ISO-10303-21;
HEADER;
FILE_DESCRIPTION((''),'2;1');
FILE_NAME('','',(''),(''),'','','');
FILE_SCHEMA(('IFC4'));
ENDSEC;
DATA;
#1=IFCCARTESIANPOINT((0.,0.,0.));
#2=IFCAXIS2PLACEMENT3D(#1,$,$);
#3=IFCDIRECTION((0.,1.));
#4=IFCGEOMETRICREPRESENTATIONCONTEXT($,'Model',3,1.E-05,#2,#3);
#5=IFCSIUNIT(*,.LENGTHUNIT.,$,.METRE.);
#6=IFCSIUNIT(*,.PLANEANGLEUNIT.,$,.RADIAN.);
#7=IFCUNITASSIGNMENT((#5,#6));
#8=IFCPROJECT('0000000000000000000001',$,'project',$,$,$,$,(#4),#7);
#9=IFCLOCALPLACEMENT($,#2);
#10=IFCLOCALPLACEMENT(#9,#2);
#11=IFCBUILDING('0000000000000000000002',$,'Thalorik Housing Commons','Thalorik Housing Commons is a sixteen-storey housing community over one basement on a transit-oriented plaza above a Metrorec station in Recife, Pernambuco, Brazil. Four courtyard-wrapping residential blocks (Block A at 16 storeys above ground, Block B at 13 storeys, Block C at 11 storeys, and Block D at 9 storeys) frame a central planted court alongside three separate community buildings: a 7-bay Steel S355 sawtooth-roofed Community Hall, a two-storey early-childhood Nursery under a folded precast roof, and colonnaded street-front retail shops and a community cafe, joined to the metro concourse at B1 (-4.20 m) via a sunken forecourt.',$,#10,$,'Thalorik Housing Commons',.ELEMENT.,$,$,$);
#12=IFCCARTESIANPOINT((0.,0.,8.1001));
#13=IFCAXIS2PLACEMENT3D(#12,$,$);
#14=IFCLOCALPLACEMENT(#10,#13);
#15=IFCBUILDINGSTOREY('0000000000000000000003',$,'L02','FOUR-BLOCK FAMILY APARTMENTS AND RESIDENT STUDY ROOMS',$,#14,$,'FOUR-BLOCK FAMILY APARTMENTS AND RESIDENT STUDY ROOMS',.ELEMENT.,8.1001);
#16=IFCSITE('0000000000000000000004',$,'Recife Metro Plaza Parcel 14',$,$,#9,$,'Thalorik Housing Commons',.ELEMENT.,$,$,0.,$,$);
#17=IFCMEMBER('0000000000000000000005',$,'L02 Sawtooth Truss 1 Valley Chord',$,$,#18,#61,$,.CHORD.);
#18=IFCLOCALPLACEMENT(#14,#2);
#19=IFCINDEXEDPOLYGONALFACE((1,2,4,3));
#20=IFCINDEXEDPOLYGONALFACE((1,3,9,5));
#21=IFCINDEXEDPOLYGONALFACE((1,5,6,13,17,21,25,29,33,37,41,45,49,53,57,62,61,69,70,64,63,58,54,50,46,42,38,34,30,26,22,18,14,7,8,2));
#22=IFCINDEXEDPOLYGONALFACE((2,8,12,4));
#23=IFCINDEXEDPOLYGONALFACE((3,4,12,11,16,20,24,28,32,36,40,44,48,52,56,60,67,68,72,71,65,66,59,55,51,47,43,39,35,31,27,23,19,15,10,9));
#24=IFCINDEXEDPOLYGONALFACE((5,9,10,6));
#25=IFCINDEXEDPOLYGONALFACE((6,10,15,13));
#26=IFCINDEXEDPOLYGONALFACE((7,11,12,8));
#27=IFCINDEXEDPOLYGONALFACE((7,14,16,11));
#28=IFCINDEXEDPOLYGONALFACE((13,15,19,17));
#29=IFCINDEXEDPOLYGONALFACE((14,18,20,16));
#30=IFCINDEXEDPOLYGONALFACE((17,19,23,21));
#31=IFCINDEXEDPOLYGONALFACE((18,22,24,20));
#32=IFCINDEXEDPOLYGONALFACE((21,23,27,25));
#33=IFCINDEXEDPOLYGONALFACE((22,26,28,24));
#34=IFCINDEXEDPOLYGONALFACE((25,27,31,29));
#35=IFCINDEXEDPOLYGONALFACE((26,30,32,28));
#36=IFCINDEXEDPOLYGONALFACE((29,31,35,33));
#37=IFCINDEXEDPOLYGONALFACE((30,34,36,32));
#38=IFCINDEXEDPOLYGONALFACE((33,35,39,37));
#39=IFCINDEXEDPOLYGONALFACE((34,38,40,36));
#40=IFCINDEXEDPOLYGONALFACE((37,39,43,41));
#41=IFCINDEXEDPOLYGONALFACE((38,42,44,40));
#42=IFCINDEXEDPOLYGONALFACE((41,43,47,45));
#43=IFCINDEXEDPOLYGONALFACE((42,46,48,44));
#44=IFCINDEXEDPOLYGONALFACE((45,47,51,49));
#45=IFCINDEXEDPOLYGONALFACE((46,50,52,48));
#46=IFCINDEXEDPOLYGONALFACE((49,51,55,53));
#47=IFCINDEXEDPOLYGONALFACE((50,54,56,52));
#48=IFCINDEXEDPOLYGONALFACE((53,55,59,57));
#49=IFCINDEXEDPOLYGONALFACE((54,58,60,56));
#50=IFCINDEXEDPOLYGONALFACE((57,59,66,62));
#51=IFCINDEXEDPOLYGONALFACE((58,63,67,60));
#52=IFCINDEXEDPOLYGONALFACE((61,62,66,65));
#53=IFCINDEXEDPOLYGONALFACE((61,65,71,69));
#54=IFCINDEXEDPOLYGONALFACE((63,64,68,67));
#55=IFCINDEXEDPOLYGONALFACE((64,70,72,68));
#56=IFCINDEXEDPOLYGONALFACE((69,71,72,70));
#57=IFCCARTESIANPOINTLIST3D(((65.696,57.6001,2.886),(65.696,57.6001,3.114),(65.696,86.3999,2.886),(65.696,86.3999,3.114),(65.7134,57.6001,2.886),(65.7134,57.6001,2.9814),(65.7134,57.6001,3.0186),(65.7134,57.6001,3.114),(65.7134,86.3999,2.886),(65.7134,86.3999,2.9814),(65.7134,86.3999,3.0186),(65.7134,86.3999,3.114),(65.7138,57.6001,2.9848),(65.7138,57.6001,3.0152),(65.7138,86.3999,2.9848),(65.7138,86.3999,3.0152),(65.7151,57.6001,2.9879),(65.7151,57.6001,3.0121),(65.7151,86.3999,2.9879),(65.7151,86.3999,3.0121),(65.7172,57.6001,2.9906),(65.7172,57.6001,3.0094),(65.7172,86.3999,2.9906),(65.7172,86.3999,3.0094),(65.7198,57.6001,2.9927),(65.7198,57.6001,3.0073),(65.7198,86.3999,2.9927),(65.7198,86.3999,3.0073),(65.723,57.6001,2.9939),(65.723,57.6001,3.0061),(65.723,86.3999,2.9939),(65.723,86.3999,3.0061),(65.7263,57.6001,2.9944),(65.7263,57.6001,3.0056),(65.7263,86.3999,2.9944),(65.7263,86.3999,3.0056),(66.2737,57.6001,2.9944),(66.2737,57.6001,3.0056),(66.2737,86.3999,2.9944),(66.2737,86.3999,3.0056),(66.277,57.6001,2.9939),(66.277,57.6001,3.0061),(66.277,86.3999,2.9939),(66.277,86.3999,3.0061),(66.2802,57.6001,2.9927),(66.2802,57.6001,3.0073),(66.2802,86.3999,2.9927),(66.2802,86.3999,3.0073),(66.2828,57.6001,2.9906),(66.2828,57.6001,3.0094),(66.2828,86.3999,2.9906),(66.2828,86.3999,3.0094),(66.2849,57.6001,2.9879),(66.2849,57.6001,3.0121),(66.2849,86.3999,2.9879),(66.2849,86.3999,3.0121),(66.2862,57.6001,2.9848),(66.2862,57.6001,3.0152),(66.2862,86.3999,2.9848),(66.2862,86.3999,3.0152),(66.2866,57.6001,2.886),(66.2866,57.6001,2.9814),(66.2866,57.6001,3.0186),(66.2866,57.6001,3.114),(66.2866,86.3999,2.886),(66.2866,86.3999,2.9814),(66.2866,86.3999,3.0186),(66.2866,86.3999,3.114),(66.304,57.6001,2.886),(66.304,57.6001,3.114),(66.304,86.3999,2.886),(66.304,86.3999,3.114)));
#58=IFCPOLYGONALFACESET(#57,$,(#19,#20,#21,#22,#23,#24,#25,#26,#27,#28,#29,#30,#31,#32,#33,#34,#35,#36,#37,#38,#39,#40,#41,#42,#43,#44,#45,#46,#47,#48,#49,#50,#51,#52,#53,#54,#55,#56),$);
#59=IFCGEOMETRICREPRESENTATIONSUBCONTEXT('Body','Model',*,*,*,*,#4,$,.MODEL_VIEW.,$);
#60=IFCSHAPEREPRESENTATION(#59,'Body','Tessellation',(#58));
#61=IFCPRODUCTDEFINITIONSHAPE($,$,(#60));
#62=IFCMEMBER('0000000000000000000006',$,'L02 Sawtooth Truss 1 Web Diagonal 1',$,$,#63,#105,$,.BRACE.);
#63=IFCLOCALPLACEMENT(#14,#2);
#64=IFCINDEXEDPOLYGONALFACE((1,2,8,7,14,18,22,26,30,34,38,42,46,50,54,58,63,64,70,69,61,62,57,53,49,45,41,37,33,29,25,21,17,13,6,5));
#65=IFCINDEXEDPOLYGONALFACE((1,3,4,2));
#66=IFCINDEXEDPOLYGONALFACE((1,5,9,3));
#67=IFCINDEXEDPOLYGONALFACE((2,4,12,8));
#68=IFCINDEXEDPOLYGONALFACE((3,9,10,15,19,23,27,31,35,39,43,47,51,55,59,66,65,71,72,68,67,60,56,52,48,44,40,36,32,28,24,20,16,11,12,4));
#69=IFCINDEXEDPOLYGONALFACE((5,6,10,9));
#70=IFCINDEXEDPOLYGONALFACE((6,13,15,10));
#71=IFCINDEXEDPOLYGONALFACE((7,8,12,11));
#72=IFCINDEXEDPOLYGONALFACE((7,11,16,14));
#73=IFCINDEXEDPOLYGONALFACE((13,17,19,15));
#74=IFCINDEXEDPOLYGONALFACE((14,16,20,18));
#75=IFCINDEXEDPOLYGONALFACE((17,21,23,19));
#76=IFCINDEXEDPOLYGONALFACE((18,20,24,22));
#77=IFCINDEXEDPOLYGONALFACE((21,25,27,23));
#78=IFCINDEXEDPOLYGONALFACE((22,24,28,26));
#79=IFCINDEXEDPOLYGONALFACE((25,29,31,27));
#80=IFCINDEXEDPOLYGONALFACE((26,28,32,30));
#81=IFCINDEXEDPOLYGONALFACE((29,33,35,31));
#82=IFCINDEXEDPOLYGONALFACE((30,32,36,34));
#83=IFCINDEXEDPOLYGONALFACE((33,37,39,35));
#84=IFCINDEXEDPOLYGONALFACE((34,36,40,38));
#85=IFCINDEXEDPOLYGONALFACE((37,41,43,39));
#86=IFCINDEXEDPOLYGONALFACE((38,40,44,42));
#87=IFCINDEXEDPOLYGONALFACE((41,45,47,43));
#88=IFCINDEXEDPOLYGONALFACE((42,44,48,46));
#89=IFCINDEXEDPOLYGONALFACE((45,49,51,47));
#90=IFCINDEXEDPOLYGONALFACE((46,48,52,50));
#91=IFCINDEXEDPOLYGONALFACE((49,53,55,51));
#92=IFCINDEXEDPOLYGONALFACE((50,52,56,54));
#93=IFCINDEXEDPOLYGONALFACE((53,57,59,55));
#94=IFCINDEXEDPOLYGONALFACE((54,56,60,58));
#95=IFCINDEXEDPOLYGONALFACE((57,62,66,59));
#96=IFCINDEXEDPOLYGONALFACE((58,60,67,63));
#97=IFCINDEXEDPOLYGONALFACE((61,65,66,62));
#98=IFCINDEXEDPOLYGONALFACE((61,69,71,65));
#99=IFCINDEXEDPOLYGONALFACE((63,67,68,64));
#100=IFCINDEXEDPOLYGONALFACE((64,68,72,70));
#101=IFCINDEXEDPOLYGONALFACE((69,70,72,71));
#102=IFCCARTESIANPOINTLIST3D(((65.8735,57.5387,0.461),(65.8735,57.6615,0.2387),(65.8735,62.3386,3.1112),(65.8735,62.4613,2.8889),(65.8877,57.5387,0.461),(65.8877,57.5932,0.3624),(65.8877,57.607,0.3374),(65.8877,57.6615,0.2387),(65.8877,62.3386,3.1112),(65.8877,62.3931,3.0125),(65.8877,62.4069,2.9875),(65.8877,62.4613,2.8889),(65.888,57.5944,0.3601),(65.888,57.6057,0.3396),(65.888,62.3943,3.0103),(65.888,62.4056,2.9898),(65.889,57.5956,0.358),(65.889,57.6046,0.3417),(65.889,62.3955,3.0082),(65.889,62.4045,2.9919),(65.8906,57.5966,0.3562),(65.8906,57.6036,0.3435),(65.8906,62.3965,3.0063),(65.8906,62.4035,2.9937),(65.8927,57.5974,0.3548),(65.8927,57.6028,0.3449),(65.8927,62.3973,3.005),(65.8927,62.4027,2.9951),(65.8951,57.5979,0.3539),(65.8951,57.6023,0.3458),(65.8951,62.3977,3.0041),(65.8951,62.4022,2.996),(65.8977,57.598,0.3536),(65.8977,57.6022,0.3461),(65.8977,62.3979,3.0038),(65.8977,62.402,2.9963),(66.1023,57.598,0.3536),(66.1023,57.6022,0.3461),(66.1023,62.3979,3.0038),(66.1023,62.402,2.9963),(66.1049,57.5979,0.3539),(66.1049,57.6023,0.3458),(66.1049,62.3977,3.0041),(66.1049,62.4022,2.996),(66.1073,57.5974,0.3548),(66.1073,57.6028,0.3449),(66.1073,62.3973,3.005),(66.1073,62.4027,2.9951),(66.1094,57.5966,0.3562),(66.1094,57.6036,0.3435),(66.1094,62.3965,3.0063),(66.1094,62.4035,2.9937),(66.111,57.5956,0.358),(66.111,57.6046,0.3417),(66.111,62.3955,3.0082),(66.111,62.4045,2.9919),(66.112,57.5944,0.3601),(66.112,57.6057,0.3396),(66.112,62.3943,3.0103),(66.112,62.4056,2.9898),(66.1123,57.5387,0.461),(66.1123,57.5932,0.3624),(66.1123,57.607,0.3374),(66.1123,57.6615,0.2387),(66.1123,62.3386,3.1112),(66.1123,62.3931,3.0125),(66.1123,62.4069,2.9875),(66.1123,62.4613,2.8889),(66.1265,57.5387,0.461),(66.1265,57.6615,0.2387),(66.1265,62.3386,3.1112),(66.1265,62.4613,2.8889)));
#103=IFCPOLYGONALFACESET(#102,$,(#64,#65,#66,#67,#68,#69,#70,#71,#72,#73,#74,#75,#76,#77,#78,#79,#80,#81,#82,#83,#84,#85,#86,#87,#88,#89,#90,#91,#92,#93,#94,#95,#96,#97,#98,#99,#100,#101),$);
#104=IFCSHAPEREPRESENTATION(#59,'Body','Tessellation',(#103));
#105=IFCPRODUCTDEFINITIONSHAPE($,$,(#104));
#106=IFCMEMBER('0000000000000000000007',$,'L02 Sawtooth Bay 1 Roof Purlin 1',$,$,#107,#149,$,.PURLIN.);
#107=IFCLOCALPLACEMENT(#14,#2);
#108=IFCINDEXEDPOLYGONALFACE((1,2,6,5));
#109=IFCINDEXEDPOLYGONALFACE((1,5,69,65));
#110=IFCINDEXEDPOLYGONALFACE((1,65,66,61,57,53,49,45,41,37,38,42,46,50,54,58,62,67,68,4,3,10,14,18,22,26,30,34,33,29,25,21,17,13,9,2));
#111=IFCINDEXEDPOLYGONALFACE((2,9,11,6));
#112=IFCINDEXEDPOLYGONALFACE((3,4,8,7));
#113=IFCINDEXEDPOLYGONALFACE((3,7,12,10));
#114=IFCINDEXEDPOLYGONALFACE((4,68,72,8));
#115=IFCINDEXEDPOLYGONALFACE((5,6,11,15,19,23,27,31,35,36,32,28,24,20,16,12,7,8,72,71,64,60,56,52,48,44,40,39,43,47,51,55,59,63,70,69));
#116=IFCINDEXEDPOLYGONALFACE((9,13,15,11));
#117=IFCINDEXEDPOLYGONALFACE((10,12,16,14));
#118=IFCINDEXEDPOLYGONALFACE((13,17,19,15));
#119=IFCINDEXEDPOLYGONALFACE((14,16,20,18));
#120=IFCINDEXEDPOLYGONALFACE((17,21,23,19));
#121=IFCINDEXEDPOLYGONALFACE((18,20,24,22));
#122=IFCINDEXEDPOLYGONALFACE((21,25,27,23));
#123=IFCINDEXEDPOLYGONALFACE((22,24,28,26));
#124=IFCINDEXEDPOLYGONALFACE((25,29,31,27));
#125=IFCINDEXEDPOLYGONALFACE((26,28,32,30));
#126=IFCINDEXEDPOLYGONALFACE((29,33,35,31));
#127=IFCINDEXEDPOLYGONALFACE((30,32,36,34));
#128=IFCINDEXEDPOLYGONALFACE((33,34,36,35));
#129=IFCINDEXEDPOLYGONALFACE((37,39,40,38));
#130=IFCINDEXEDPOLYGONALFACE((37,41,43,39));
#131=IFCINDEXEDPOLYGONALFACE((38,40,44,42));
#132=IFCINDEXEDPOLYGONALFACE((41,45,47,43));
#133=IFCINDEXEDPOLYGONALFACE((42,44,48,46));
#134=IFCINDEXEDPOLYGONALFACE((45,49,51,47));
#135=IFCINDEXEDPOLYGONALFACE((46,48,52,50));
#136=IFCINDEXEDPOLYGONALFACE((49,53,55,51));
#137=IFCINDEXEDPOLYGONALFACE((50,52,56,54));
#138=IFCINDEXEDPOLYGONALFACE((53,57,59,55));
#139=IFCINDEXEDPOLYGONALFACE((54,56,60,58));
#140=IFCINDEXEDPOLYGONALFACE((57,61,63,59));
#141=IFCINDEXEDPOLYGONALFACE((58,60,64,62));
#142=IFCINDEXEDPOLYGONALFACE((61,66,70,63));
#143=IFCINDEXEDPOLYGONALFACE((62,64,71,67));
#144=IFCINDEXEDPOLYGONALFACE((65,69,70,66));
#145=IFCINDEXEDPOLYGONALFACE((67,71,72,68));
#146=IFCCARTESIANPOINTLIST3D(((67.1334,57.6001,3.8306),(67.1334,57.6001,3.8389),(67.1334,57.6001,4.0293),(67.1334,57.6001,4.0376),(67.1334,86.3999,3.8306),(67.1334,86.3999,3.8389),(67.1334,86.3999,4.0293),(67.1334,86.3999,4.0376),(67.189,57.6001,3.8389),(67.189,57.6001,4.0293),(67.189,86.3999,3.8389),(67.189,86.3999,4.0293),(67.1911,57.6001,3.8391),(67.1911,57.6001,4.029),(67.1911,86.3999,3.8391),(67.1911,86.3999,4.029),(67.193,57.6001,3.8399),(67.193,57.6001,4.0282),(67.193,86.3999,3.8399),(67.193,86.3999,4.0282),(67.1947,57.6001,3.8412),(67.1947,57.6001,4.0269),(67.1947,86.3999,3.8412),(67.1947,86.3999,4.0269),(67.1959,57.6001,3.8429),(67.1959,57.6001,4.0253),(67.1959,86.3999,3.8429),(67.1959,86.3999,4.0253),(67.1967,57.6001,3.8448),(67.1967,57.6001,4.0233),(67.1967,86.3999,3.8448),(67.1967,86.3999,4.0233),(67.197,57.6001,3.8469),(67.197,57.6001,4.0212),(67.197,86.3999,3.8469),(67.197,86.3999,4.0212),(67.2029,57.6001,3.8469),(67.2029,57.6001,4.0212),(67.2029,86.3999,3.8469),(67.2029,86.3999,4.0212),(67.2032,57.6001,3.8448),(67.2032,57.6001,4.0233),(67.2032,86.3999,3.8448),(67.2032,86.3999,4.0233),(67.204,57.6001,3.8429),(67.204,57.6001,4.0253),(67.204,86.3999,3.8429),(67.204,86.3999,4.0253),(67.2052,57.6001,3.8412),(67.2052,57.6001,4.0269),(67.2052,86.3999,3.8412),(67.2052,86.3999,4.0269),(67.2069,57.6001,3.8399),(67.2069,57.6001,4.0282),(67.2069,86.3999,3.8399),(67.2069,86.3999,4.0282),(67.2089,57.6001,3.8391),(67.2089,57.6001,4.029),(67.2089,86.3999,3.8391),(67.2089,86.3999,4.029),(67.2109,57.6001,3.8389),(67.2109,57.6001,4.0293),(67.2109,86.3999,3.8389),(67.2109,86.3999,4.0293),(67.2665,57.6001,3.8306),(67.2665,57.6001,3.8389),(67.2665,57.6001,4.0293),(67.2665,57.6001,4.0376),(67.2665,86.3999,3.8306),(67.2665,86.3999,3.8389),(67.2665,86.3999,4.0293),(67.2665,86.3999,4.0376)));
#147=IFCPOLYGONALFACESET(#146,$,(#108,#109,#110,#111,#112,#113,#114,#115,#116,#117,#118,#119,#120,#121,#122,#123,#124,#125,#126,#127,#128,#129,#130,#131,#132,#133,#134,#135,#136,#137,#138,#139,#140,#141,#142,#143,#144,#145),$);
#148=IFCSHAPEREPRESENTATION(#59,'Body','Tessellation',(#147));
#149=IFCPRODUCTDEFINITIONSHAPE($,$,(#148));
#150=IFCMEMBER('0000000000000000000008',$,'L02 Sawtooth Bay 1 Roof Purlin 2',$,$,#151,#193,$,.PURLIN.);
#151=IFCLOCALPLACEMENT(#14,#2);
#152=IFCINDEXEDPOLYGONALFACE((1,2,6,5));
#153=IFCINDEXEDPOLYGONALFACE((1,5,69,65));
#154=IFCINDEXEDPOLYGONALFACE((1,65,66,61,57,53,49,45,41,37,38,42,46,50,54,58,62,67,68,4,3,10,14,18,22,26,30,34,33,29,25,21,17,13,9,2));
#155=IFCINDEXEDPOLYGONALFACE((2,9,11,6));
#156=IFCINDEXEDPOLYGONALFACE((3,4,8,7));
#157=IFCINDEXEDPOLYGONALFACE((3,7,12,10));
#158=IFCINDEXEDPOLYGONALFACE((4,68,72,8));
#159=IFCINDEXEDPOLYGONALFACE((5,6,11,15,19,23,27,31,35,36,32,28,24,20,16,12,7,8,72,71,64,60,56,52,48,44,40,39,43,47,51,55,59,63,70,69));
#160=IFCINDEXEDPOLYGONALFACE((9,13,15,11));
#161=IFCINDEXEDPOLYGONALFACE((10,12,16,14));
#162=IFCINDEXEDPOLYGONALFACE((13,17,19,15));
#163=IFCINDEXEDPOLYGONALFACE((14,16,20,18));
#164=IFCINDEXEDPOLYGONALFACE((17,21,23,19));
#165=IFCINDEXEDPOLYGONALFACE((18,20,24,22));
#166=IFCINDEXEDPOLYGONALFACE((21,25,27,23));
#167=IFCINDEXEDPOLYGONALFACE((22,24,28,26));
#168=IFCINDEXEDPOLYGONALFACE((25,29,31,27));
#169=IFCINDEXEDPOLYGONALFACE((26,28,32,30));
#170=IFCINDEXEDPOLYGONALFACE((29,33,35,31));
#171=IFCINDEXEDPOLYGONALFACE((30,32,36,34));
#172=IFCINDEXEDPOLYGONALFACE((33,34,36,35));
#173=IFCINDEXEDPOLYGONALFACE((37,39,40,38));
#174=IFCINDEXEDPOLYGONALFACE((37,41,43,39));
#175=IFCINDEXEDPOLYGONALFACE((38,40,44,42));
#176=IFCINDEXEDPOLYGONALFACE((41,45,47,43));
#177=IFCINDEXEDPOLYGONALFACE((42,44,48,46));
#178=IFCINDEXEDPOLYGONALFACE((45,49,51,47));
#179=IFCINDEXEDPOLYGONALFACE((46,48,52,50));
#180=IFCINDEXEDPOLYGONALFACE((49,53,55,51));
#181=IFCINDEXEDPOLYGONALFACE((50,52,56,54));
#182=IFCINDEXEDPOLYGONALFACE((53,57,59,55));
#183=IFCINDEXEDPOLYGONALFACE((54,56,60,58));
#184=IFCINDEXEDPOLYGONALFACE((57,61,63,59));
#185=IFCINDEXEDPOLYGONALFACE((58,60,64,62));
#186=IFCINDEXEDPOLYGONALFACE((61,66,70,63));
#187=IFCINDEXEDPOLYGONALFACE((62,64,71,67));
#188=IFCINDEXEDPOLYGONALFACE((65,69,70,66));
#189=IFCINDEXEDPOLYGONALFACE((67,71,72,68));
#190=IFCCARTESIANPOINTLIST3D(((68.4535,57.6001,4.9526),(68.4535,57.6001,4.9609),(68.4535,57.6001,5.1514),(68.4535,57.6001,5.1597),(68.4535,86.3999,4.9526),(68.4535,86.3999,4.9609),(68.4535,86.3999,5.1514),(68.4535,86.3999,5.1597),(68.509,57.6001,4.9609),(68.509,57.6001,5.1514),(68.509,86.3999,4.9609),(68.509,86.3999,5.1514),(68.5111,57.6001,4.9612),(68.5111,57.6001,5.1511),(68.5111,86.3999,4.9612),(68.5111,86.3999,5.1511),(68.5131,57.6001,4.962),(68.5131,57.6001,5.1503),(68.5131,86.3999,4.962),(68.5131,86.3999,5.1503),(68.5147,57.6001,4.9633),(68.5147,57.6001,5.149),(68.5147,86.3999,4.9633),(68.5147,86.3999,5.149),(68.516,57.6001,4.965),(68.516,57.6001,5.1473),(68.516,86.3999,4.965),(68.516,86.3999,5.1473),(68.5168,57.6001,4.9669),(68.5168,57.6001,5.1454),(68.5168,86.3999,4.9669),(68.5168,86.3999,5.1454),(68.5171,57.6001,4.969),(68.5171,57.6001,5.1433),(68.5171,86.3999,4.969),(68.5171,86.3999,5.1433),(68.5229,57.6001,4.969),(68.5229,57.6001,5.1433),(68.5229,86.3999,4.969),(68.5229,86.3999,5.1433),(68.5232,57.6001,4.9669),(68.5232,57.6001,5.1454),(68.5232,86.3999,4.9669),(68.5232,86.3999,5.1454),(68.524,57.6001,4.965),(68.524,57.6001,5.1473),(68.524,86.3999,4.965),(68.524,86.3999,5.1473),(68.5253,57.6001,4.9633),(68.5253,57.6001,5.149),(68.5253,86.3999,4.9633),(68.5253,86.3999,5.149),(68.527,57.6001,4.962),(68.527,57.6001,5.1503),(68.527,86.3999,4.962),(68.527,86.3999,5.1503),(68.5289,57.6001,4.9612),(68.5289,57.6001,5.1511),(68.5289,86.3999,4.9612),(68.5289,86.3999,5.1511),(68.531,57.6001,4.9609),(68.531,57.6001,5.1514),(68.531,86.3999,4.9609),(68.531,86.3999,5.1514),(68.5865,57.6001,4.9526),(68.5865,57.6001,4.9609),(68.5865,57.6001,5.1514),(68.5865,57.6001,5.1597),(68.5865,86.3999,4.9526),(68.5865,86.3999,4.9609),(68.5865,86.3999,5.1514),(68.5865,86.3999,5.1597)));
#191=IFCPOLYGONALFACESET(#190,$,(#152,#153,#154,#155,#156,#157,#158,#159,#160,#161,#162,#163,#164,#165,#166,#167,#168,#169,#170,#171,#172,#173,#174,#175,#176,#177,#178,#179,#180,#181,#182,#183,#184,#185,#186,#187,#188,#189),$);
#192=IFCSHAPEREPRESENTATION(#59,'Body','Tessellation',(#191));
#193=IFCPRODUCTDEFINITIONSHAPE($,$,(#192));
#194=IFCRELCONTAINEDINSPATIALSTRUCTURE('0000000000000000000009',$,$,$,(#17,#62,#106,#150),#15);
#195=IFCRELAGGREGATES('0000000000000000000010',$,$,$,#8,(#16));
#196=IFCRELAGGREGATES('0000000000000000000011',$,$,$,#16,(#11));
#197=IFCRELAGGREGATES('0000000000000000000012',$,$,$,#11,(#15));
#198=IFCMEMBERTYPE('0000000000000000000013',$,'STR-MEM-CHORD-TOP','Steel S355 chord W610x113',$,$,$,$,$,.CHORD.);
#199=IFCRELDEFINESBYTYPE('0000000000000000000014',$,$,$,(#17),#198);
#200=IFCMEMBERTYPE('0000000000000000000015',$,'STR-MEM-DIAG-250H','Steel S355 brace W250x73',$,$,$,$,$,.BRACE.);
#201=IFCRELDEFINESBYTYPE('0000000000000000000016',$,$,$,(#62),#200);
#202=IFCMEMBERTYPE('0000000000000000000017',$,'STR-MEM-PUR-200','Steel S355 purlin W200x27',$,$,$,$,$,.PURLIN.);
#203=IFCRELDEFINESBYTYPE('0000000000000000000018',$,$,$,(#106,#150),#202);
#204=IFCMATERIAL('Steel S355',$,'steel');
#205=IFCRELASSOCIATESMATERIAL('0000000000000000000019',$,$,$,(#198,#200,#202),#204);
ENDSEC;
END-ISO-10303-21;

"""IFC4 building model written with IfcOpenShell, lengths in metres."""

from ifc_helpers import new_model, si_unit, direction, frame, origin, origin_2d, place, context, subcontext, project, spatial, i_section, extrude, material, material_profile, profile_set, type_object, element, save


model = new_model("IFC4")

# Units and contexts
model_context = context("Model", 3, precision=1e-05, world=origin(), true_north=direction((0.0, 1.0)))
body_context = subcontext(model_context, "Body", "Model", "MODEL_VIEW")
ifc_project = project(units=[si_unit("LENGTHUNIT", "METRE"), si_unit("PLANEANGLEUNIT", "RADIAN")], contexts=[model_context])

# Site, building, storey
site_placement = place(None, origin())
site = spatial("IfcSite", under=ifc_project, at=site_placement, Name="Recife Metro Plaza Parcel 14", LongName="Thalorik Housing Commons", CompositionType="ELEMENT", RefElevation=0.0)
building_placement = place(site_placement, origin())
building = spatial("IfcBuilding", under=site, at=building_placement, Name="Thalorik Housing Commons", Description="Thalorik Housing Commons is a sixteen-storey housing community over one basement on a transit-oriented plaza above a Metrorec station in Recife, Pernambuco, Brazil. Four courtyard-wrapping residential blocks (Block A at 16 storeys above ground, Block B at 13 storeys, Block C at 11 storeys, and Block D at 9 storeys) frame a central planted court alongside three separate community buildings: a 7-bay Steel S355 sawtooth-roofed Community Hall, a two-storey early-childhood Nursery under a folded precast roof, and colonnaded street-front retail shops and a community cafe, joined to the metro concourse at B1 (-4.20 m) via a sunken forecourt.", LongName="Thalorik Housing Commons", CompositionType="ELEMENT")
storey_placement = place(building_placement, frame((0.0, 0.0, 8.1001)))
storey = spatial("IfcBuildingStorey", under=building, at=storey_placement, Name="L02", Description="FOUR-BLOCK FAMILY APARTMENTS AND RESIDENT STUDY ROOMS", LongName="FOUR-BLOCK FAMILY APARTMENTS AND RESIDENT STUDY ROOMS", CompositionType="ELEMENT", Elevation=8.1001)

# Shared definitions
ifc_material_1 = material(Name="Steel S355", Category="steel")

# Members
ifc_material_profile_1 = material_profile(ifc_material_1, i_section(OverallWidth=0.228, OverallDepth=0.6079, WebThickness=0.0112, FlangeThickness=0.0173, FilletRadius=0.0129, at=origin_2d()), Name="W610x113", Category="steel")
ifc_profile_set_1 = profile_set([ifc_material_profile_1], Name="Steel S355")
member_type_1 = type_object("IfcMemberType", Name="STR-MEM-CHORD-TOP", Description="Steel S355 chord W610x113", PredefinedType="CHORD", material=ifc_profile_set_1)
member_1_placement = place(storey_placement, frame((66.0, 57.6001, 3.0), z_axis=(0.0, 1.0, 0.0), x_axis=(0.0, 0.0, 1.0)))
element("IfcMember", 1, at=member_1_placement, inside=storey, type_object=member_type_1, Name="L02 Sawtooth Truss 1 Valley Chord", PredefinedType="CHORD", context=body_context, shape_type="SweptSolid", body=[
    extrude(i_section(OverallWidth=0.228, OverallDepth=0.6079, WebThickness=0.0112, FlangeThickness=0.0173, FilletRadius=0.0129, at=origin_2d()), origin(), (0.0, 0.0, 1.0), 28.7998),
])
ifc_material_profile_2 = material_profile(ifc_material_1, i_section(OverallWidth=0.2539, OverallDepth=0.2529, WebThickness=0.0085, FlangeThickness=0.0142, FilletRadius=0.01, at=origin_2d()), Name="W250x73", Category="steel")
ifc_profile_set_2 = profile_set([ifc_material_profile_2], Name="Steel S355")
member_type_2 = type_object("IfcMemberType", Name="STR-MEM-DIAG-250H", Description="Steel S355 brace W250x73", PredefinedType="BRACE", material=ifc_profile_set_2)
member_2_placement = place(storey_placement, frame((66.0, 57.6001, 0.3499), z_axis=(0.0, 0.875425, 0.483354), x_axis=(0.0, -0.483354, 0.875425)))
element("IfcMember", 2, at=member_2_placement, inside=storey, type_object=member_type_2, Name="L02 Sawtooth Truss 1 Web Diagonal 1", PredefinedType="BRACE", context=body_context, shape_type="SweptSolid", body=[
    extrude(i_section(OverallWidth=0.2539, OverallDepth=0.2529, WebThickness=0.0085, FlangeThickness=0.0142, FilletRadius=0.01, at=origin_2d()), origin(), (0.0, 0.0, 1.0), 5.4829),
])
ifc_material_profile_3 = material_profile(ifc_material_1, i_section(OverallWidth=0.1331, OverallDepth=0.207, WebThickness=0.0059, FlangeThickness=0.0083, FilletRadius=0.0081, at=origin_2d()), Name="W200x27", Category="steel")
ifc_profile_set_3 = profile_set([ifc_material_profile_3], Name="Steel S355")
member_type_3 = type_object("IfcMemberType", Name="STR-MEM-PUR-200", Description="Steel S355 purlin W200x27", PredefinedType="PURLIN", material=ifc_profile_set_3)
for number, where, z_axis, x_axis, name in (
    (3, (67.2, 57.6001, 3.9341), (0.0, 1.0, 0.0), (-1.0, 0.0, 0.0), "L02 Sawtooth Bay 1 Roof Purlin 1"),
    (4, (68.52, 57.6001, 5.0562), (0.0, 1.0, 0.0), (-1.0, 0.0, 0.0), "L02 Sawtooth Bay 1 Roof Purlin 2"),
):
    element("IfcMember", number, at=place(storey_placement, frame(where, z_axis=z_axis, x_axis=x_axis)), inside=storey, type_object=member_type_3, Name=name, PredefinedType="PURLIN", context=body_context, shape_type="SweptSolid", body=[
        extrude(i_section(OverallWidth=0.1331, OverallDepth=0.207, WebThickness=0.0059, FlangeThickness=0.0083, FilletRadius=0.0081, at=origin_2d()), origin(), (0.0, 0.0, 1.0), 28.7998),
    ])

save(model, "model.ifc")
